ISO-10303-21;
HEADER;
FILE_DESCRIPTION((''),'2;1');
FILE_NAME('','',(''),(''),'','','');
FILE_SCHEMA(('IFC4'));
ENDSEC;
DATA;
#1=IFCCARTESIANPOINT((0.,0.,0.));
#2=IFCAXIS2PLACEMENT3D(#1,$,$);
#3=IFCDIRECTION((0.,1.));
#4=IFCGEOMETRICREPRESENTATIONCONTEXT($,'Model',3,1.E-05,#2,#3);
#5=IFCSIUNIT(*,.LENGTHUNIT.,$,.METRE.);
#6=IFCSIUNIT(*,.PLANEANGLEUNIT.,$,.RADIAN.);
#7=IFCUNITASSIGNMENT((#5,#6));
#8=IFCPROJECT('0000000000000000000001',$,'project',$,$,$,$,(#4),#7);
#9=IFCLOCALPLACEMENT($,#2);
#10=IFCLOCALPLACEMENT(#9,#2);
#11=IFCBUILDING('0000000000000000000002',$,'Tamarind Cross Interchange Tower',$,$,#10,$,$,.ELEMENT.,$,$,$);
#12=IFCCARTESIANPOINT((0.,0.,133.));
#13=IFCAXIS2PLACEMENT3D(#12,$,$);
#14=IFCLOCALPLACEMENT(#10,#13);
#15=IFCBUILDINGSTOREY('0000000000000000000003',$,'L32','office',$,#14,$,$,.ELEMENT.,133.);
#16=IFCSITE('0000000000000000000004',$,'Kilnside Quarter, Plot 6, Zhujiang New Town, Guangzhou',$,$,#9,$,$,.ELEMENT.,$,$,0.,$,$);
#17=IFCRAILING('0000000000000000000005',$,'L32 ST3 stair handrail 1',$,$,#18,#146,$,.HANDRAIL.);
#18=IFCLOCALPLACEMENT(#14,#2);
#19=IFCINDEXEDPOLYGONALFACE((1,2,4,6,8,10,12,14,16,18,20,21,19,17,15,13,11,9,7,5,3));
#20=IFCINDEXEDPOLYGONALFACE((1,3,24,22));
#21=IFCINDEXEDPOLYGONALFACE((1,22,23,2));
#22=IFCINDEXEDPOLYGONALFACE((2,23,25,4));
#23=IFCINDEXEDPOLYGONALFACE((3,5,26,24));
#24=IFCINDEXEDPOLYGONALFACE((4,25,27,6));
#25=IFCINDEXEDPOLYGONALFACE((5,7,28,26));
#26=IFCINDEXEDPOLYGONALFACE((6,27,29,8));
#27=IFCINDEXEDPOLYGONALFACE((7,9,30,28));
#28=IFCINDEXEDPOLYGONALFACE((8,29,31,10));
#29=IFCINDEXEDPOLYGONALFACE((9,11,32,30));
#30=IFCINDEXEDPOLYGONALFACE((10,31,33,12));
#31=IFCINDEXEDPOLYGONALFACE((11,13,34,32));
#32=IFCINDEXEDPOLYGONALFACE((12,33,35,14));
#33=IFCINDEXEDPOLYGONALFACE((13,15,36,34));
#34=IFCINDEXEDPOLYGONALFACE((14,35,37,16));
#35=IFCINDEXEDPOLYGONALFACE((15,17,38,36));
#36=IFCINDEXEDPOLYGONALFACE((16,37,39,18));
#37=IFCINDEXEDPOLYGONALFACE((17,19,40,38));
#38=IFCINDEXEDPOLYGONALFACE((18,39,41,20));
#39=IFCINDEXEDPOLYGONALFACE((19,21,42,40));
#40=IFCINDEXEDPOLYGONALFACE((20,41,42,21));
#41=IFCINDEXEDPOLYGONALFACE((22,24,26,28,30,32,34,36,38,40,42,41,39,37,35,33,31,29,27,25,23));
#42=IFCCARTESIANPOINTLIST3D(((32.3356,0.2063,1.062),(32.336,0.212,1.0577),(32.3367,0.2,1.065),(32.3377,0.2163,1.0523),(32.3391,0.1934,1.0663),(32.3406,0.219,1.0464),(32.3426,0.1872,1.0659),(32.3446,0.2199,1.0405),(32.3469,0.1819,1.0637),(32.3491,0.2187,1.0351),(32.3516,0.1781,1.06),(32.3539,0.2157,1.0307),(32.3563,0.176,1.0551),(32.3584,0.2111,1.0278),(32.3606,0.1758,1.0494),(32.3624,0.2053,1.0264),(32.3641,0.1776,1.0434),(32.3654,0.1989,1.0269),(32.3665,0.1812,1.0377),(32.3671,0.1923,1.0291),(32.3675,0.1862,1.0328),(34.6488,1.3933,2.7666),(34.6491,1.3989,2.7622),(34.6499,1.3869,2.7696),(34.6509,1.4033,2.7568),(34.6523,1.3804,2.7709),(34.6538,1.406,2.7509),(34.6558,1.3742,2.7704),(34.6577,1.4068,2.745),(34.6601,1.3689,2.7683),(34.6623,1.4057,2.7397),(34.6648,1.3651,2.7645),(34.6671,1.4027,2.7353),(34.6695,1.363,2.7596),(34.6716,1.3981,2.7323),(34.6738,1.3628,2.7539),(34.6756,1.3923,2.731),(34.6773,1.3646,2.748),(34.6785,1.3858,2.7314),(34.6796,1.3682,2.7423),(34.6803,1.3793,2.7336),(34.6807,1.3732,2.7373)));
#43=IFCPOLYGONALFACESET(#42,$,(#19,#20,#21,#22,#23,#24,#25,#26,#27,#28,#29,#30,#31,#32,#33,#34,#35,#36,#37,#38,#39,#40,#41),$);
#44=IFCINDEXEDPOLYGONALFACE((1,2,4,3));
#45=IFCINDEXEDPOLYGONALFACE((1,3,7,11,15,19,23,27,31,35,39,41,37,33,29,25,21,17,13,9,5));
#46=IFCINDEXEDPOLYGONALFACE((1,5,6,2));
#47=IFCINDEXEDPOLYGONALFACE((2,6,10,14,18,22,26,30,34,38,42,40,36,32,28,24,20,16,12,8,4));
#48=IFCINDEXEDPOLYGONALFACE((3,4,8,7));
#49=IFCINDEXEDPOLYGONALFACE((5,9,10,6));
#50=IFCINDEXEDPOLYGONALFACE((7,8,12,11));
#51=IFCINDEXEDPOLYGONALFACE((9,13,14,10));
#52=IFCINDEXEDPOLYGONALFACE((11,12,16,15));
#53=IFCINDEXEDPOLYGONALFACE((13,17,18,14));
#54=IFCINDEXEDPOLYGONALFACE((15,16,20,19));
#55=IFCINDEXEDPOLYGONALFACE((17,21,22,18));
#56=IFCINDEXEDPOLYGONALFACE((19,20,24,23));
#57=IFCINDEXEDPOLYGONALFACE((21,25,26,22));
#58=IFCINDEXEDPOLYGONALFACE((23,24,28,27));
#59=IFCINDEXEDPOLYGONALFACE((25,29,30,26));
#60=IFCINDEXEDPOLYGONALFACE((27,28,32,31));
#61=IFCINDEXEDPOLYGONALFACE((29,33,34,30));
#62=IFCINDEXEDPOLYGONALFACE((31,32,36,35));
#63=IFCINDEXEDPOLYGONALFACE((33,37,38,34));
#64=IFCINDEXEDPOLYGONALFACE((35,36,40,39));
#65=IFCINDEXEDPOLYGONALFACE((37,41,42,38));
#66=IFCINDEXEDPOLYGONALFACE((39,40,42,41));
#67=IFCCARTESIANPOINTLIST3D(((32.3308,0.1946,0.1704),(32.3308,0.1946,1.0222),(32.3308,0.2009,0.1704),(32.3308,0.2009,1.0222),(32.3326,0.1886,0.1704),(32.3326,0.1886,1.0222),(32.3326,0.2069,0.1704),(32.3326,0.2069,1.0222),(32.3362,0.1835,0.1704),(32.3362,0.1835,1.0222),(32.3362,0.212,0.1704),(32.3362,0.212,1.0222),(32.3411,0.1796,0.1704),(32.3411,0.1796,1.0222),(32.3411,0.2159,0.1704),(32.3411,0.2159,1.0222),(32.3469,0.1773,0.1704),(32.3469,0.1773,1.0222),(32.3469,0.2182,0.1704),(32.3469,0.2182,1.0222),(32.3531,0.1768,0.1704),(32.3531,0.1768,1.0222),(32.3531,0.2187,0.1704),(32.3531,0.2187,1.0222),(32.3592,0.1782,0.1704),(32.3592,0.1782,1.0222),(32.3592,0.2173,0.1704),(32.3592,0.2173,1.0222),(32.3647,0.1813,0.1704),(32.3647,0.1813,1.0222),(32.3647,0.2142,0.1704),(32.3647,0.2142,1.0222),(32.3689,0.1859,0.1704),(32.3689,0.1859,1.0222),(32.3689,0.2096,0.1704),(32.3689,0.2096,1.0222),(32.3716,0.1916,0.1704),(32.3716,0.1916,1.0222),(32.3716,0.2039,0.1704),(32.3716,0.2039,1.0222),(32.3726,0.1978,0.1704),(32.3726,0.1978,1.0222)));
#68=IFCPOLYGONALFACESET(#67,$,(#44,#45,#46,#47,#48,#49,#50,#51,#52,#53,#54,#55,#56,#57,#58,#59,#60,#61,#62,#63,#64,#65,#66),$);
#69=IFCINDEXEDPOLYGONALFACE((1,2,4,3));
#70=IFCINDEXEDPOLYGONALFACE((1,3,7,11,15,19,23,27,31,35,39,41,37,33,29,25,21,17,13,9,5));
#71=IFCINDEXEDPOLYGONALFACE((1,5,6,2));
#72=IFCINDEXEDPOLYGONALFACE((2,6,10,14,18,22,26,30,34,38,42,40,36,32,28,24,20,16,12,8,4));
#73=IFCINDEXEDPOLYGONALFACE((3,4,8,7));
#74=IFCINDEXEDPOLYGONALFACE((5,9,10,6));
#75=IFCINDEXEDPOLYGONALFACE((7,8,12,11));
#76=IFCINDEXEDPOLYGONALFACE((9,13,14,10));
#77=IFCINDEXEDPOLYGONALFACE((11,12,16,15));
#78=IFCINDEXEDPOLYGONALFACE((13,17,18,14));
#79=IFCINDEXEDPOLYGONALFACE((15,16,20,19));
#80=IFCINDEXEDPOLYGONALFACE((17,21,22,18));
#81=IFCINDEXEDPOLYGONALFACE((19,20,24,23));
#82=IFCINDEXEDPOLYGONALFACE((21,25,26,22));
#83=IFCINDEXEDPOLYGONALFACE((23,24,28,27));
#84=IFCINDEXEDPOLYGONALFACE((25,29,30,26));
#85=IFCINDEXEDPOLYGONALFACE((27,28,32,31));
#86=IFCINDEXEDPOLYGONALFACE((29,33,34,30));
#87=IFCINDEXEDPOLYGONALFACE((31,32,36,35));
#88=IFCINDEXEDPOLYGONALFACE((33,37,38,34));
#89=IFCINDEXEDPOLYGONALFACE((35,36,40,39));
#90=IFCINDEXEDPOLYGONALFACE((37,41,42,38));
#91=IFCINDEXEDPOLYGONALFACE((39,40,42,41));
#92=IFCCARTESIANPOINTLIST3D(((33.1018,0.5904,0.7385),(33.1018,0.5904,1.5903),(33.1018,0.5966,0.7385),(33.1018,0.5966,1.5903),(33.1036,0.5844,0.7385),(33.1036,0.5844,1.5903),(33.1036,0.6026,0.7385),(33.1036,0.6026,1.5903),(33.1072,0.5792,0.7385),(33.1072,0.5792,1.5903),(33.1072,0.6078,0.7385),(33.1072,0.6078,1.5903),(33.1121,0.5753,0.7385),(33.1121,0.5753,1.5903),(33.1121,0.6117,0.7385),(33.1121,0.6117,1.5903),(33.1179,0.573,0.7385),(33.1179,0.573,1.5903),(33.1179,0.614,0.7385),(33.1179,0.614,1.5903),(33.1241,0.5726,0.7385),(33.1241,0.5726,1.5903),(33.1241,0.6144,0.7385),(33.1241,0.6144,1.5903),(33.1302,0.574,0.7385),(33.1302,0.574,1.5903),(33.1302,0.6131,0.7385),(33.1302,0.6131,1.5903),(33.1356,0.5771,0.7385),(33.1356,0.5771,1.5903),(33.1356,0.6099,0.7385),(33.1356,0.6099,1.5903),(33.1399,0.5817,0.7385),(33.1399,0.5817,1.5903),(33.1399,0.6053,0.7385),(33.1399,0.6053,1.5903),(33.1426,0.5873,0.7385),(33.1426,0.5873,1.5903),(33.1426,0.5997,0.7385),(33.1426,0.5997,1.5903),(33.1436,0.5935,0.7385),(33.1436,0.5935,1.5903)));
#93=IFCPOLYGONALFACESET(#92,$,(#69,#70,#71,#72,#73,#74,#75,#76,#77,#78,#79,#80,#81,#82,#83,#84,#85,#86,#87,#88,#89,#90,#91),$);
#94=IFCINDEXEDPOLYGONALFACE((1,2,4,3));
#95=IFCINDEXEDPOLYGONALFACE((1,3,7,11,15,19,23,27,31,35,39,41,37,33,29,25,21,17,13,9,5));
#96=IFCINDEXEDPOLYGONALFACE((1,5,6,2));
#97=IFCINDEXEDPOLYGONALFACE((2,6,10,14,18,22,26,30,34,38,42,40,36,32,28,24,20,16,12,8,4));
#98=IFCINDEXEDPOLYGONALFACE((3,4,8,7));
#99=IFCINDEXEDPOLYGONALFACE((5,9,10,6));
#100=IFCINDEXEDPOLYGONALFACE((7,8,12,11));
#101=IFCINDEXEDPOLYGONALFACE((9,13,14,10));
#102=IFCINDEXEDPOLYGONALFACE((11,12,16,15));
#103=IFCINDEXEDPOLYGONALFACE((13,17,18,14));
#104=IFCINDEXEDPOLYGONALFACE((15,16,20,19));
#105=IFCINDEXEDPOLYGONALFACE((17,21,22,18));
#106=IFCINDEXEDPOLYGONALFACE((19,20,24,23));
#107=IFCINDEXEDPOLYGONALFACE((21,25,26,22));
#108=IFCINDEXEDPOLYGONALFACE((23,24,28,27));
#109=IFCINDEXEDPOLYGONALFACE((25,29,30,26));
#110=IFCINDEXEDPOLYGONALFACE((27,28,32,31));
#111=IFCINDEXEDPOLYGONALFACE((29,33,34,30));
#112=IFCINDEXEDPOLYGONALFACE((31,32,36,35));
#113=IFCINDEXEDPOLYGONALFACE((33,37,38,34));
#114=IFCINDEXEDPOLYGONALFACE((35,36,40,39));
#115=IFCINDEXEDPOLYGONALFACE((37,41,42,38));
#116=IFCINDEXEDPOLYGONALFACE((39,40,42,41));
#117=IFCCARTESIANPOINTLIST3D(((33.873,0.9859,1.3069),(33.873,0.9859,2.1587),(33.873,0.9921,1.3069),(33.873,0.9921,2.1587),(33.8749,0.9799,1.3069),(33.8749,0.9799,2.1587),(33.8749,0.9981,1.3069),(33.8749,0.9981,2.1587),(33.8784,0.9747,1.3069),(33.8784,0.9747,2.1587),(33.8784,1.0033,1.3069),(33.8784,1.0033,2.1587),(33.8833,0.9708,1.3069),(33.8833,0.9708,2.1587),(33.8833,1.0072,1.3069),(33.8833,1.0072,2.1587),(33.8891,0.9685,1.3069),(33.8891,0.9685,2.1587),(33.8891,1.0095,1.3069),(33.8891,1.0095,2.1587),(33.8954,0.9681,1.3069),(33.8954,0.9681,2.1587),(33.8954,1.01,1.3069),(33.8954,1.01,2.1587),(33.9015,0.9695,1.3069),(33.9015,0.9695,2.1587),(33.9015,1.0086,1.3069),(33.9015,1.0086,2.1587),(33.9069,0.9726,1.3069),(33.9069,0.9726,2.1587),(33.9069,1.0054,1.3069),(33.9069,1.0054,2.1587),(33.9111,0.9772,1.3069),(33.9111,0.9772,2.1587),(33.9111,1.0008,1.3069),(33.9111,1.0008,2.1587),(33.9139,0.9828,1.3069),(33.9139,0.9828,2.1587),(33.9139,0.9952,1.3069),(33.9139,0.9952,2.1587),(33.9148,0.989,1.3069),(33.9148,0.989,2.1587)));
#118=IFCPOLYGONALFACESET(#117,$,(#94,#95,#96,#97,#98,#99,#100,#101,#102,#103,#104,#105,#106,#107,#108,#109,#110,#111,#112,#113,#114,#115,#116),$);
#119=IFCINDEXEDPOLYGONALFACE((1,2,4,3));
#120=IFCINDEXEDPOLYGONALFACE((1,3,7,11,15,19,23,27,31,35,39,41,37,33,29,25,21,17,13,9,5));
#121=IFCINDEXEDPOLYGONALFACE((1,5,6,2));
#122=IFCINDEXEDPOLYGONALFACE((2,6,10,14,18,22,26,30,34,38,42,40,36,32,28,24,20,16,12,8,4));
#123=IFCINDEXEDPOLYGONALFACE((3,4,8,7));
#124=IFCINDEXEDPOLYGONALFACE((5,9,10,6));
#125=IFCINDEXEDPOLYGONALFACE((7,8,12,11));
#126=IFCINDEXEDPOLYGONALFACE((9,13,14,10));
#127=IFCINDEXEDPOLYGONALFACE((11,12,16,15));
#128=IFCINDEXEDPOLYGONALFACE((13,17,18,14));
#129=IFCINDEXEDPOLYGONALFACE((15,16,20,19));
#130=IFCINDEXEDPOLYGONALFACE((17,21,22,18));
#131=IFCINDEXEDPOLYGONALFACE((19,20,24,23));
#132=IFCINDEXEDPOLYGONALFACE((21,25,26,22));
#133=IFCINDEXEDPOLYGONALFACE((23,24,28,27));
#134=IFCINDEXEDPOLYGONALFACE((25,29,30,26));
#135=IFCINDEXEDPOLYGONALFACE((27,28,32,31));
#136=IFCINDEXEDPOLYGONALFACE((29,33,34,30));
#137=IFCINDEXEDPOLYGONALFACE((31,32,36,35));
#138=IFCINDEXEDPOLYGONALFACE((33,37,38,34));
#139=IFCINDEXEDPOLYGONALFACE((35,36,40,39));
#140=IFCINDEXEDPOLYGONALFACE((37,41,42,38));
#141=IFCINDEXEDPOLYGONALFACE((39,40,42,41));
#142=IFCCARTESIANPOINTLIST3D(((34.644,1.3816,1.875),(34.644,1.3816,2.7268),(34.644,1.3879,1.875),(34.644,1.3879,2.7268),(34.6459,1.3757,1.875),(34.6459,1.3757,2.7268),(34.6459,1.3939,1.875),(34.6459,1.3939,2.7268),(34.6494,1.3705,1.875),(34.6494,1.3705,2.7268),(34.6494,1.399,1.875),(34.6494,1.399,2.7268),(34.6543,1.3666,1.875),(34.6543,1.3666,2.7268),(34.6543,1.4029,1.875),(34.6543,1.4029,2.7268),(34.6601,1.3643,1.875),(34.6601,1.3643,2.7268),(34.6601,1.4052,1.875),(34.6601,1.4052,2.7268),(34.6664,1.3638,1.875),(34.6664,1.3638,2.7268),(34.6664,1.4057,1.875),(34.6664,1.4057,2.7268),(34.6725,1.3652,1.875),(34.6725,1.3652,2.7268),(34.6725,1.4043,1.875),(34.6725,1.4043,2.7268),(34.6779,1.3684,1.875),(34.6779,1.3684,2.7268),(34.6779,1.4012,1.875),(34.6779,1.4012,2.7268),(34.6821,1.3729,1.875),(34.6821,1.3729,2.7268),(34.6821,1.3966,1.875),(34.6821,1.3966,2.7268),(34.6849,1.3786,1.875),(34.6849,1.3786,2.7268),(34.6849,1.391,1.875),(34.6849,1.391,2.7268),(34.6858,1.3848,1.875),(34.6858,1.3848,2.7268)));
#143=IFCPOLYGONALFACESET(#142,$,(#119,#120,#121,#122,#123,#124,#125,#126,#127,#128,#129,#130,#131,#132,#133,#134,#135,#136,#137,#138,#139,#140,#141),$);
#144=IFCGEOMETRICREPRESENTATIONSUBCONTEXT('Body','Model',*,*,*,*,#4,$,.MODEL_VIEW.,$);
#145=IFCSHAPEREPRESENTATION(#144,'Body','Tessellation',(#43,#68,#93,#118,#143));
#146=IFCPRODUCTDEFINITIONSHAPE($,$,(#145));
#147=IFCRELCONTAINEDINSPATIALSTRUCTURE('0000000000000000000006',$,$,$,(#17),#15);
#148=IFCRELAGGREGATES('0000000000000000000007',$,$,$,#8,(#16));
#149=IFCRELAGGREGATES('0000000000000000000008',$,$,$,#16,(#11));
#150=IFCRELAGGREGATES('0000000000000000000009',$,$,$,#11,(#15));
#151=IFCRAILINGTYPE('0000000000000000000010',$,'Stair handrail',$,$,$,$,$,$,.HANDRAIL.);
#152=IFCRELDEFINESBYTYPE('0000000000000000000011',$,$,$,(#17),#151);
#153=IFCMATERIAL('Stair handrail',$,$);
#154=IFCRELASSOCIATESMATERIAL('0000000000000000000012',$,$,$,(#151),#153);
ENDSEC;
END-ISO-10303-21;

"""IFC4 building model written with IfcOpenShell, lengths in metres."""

from ifc_helpers import new_model, si_unit, direction, frame, origin, origin_2d, place, context, subcontext, project, spatial, circle, extrude, material, type_object, element, save


model = new_model("IFC4")

# Units and contexts
model_context = context("Model", 3, precision=1e-05, world=origin(), true_north=direction((0.0, 1.0)))
body_context = subcontext(model_context, "Body", "Model", "MODEL_VIEW")
ifc_project = project(units=[si_unit("LENGTHUNIT", "METRE"), si_unit("PLANEANGLEUNIT", "RADIAN")], contexts=[model_context])

# Site, building, storey
site_placement = place(None, origin())
site = spatial("IfcSite", under=ifc_project, at=site_placement, Name="Kilnside Quarter, Plot 6, Zhujiang New Town, Guangzhou", CompositionType="ELEMENT", RefElevation=0.0)
building_placement = place(site_placement, origin())
building = spatial("IfcBuilding", under=site, at=building_placement, Name="Tamarind Cross Interchange Tower", CompositionType="ELEMENT")
storey_placement = place(building_placement, frame((0.0, 0.0, 133.0)))
storey = spatial("IfcBuildingStorey", under=building, at=storey_placement, Name="L32", Description="office", CompositionType="ELEMENT", Elevation=133.0)

# Railing
ifc_material_1 = material(Name="Stair handrail")
railing_type_1 = type_object("IfcRailingType", Name="Stair handrail", PredefinedType="HANDRAIL", material=ifc_material_1)
railing_1_placement = place(storey_placement, frame((32.3516, 0.1978, 0.1704)))
element("IfcRailing", 1, at=railing_1_placement, inside=storey, type_object=railing_type_1, Name="L32 ST3 stair handrail 1", PredefinedType="HANDRAIL", context=body_context, shape_type="SweptSolid", body=[
    extrude(circle(Radius=0.0239, at=origin_2d()), frame((0.0, 0.0, 0.876), z_axis=(0.744052, 0.381803, 0.548282), x_axis=(-0.456542, 0.889702, 0.0)), (0.0, 0.0, 1.0), 3.1089),
    extrude(circle(Radius=0.021, at=origin_2d()), origin(), (0.0, 0.0, 1.0), 0.8518),
    extrude(circle(Radius=0.021, at=origin_2d()), frame((0.771, 0.3958, 0.5681)), (0.0, 0.0, 1.0), 0.8518),
    extrude(circle(Radius=0.021, at=origin_2d()), frame((1.5422, 0.7913, 1.1365)), (0.0, 0.0, 1.0), 0.8518),
    extrude(circle(Radius=0.021, at=origin_2d()), frame((2.3132, 1.187, 1.7046)), (0.0, 0.0, 1.0), 0.8518),
])

save(model, "model.ifc")
